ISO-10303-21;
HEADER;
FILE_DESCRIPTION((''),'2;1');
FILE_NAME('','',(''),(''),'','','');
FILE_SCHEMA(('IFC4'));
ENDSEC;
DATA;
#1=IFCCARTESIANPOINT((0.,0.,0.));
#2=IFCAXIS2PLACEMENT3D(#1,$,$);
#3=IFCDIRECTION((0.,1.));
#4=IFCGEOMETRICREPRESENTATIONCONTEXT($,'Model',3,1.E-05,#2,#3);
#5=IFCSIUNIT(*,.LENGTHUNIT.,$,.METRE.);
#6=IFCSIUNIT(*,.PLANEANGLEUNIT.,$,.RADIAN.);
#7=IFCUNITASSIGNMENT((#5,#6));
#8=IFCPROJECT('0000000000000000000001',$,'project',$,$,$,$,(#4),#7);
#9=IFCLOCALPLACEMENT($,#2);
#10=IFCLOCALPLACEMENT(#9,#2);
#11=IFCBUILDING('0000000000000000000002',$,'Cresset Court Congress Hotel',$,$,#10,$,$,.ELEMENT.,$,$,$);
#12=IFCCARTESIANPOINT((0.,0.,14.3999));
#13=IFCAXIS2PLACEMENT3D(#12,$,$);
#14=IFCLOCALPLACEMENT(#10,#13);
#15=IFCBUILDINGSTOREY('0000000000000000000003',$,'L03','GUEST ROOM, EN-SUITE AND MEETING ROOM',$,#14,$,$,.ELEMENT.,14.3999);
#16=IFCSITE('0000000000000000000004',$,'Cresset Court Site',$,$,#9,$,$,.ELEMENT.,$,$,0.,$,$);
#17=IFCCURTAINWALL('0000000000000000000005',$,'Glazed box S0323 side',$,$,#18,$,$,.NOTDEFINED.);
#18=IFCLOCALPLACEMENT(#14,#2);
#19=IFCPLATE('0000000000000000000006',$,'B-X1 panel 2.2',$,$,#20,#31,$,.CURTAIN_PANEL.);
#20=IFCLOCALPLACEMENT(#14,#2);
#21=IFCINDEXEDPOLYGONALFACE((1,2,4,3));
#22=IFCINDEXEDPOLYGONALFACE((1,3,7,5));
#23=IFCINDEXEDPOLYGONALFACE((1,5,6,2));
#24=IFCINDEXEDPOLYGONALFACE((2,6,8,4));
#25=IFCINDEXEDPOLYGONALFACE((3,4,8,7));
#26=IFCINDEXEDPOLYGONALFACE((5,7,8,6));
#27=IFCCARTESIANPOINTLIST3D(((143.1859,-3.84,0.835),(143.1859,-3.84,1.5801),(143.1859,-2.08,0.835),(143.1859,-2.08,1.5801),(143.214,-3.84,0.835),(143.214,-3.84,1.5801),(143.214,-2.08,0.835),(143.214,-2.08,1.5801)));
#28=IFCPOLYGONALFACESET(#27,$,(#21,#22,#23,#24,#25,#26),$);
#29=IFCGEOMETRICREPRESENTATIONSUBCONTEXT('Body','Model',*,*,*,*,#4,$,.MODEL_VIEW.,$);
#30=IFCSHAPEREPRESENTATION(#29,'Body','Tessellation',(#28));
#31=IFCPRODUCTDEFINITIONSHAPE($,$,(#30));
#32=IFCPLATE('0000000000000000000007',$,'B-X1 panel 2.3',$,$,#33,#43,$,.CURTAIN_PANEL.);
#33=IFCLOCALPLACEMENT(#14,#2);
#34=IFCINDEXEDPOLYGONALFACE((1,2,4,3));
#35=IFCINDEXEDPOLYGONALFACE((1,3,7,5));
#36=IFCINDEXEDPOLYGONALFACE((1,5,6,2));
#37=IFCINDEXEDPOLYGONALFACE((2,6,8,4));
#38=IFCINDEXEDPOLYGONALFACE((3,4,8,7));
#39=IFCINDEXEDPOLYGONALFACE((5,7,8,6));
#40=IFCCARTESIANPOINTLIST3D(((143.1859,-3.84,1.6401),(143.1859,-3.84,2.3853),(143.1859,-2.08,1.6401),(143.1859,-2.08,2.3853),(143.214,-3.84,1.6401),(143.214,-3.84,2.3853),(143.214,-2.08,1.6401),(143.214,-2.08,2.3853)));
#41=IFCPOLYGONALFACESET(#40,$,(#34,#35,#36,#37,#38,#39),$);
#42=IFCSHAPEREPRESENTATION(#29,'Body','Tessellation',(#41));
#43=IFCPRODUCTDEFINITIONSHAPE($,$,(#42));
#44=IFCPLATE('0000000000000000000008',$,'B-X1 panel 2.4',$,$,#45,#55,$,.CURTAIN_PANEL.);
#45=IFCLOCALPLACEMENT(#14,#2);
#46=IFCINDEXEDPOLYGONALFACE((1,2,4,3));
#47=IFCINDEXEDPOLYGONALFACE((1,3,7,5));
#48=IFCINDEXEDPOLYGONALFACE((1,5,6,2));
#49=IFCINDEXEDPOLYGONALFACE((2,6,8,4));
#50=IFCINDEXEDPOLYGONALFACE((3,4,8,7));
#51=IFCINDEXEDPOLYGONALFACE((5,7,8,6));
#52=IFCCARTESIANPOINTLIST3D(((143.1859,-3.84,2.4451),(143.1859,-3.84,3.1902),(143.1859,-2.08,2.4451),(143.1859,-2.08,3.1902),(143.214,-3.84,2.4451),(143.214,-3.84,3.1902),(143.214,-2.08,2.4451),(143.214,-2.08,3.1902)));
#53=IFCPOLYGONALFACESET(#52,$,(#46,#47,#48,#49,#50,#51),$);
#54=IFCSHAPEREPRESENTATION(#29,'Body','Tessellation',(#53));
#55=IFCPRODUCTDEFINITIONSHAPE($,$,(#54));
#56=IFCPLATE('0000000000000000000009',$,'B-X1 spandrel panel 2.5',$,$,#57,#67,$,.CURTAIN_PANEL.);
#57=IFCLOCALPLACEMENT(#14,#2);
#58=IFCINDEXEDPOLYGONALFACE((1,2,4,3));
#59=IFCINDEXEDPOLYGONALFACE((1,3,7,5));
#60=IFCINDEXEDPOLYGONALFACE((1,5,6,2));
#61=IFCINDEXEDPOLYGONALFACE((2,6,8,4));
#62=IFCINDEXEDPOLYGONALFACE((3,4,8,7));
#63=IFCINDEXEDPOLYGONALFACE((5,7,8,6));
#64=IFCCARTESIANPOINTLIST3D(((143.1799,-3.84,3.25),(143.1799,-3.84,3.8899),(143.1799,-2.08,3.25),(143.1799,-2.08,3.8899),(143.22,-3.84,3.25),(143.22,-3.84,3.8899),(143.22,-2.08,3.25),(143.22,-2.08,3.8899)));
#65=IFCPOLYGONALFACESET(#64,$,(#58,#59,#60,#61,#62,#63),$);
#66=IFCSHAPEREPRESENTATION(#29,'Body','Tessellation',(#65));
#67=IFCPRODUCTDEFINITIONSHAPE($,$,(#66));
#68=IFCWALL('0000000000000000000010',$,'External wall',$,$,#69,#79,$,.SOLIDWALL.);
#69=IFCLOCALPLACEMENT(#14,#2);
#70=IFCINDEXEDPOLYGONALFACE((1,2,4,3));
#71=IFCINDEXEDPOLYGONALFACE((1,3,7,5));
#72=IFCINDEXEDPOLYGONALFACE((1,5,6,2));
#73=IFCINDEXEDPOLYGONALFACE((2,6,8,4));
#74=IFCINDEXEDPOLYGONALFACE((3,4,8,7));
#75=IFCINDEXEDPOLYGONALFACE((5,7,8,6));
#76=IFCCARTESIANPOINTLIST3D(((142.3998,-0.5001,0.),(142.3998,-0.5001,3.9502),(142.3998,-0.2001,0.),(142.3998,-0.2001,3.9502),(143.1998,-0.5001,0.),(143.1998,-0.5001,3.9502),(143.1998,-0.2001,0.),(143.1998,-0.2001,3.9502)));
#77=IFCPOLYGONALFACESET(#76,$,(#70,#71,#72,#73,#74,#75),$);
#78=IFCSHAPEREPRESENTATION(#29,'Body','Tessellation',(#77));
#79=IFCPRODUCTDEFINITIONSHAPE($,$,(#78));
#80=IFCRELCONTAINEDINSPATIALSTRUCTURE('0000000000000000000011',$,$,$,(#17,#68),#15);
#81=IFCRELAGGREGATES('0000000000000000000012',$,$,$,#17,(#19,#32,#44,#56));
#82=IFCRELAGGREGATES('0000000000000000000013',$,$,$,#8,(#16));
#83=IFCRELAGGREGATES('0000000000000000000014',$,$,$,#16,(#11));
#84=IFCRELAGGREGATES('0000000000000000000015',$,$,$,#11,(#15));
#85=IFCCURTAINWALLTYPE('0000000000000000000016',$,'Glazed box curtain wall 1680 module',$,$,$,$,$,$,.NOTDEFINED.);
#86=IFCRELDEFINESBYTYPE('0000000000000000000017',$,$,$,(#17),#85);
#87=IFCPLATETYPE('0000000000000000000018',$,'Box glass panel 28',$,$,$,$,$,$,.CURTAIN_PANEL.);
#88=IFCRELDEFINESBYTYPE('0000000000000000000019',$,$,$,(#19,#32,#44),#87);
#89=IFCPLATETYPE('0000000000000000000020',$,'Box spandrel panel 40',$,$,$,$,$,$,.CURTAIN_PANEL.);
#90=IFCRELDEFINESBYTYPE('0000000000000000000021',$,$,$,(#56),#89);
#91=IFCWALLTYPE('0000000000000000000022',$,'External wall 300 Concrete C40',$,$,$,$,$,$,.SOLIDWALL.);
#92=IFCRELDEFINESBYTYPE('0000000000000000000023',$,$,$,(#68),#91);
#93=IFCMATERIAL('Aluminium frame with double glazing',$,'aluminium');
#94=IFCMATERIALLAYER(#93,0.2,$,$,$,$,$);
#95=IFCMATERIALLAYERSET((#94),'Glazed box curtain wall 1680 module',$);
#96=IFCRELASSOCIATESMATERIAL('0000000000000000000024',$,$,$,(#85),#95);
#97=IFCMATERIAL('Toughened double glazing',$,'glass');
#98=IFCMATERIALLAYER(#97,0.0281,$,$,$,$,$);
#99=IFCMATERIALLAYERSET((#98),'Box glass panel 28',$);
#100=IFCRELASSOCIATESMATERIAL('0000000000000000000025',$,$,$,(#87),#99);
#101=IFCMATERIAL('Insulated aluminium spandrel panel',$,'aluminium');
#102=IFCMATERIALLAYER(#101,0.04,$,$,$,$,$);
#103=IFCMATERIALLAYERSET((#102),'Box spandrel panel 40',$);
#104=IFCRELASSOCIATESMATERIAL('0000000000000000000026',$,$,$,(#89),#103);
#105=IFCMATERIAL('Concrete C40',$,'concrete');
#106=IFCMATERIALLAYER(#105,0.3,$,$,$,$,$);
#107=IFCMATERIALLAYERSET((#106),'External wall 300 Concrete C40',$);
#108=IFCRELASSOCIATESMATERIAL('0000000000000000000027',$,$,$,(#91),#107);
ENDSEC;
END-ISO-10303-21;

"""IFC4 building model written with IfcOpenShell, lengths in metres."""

from ifc_helpers import new_model, si_unit, direction, frame, frame_2d, origin, origin_2d, place, context, subcontext, project, spatial, rectangle, extrude, material, layer, layer_set, type_object, element, aggregate, save


model = new_model("IFC4")

# Units and contexts
model_context = context("Model", 3, precision=1e-05, world=origin(), true_north=direction((0.0, 1.0)))
body_context = subcontext(model_context, "Body", "Model", "MODEL_VIEW")
ifc_project = project(units=[si_unit("LENGTHUNIT", "METRE"), si_unit("PLANEANGLEUNIT", "RADIAN")], contexts=[model_context])

# Site, building, storey
site_placement = place(None, origin())
site = spatial("IfcSite", under=ifc_project, at=site_placement, Name="Cresset Court Site", CompositionType="ELEMENT", RefElevation=0.0)
building_placement = place(site_placement, origin())
building = spatial("IfcBuilding", under=site, at=building_placement, Name="Cresset Court Congress Hotel", CompositionType="ELEMENT")
storey_placement = place(building_placement, frame((0.0, 0.0, 14.3999)))
storey = spatial("IfcBuildingStorey", under=building, at=storey_placement, Name="L03", Description="GUEST ROOM, EN-SUITE AND MEETING ROOM", CompositionType="ELEMENT", Elevation=14.3999)

# Curtain wall
ifc_material_1 = material(Name="Aluminium frame with double glazing", Category="aluminium")
ifc_layer_1 = layer(ifc_material_1, 0.2)
ifc_layer_set_1 = layer_set([ifc_layer_1], Name="Glazed box curtain wall 1680 module")
curtain_wall_type = type_object("IfcCurtainWallType", Name="Glazed box curtain wall 1680 module", PredefinedType="NOTDEFINED", material=ifc_layer_set_1)
curtain_wall_1_placement = place(storey_placement, origin())
curtain_wall_1 = element("IfcCurtainWall", 1, at=curtain_wall_1_placement, inside=storey, type_object=curtain_wall_type, Name="Glazed box S0323 side", PredefinedType="NOTDEFINED")

# Plates
ifc_material_2 = material(Name="Toughened double glazing", Category="glass")
ifc_layer_2 = layer(ifc_material_2, 0.0281)
ifc_layer_set_2 = layer_set([ifc_layer_2], Name="Box glass panel 28")
plate_type_1 = type_object("IfcPlateType", Name="Box glass panel 28", PredefinedType="CURTAIN_PANEL", material=ifc_layer_set_2)
plate_1_placement = place(storey_placement, frame((143.2, -2.96, 0.835), z_axis=(0.0, 0.0, 1.0), x_axis=(0.0, -1.0, 0.0)))
plate_1 = element("IfcPlate", 2, at=plate_1_placement, type_object=plate_type_1, Name="B-X1 panel 2.2", PredefinedType="CURTAIN_PANEL", context=body_context, shape_type="SweptSolid", body=[
    extrude(rectangle(XDim=1.76, YDim=0.0281, at=origin_2d()), origin(), (0.0, 0.0, 1.0), 0.7451),
])
plate_2_placement = place(storey_placement, frame((143.2, -2.96, 1.6401), z_axis=(0.0, 0.0, 1.0), x_axis=(0.0, -1.0, 0.0)))
plate_2 = element("IfcPlate", 3, at=plate_2_placement, type_object=plate_type_1, Name="B-X1 panel 2.3", PredefinedType="CURTAIN_PANEL", context=body_context, shape_type="SweptSolid", body=[
    extrude(rectangle(XDim=1.76, YDim=0.0281, at=origin_2d()), origin(), (0.0, 0.0, 1.0), 0.7451),
])
plate_3_placement = place(storey_placement, frame((143.2, -2.96, 2.4451), z_axis=(0.0, 0.0, 1.0), x_axis=(0.0, -1.0, 0.0)))
plate_3 = element("IfcPlate", 4, at=plate_3_placement, type_object=plate_type_1, Name="B-X1 panel 2.4", PredefinedType="CURTAIN_PANEL", context=body_context, shape_type="SweptSolid", body=[
    extrude(rectangle(XDim=1.76, YDim=0.0281, at=origin_2d()), origin(), (0.0, 0.0, 1.0), 0.7451),
])
ifc_material_3 = material(Name="Insulated aluminium spandrel panel", Category="aluminium")
ifc_layer_3 = layer(ifc_material_3, 0.04)
ifc_layer_set_3 = layer_set([ifc_layer_3], Name="Box spandrel panel 40")
plate_type_2 = type_object("IfcPlateType", Name="Box spandrel panel 40", PredefinedType="CURTAIN_PANEL", material=ifc_layer_set_3)
plate_4_placement = place(storey_placement, frame((143.2, -2.96, 3.25), z_axis=(0.0, 0.0, 1.0), x_axis=(0.0, -1.0, 0.0)))
plate_4 = element("IfcPlate", 5, at=plate_4_placement, type_object=plate_type_2, Name="B-X1 spandrel panel 2.5", PredefinedType="CURTAIN_PANEL", context=body_context, shape_type="SweptSolid", body=[
    extrude(rectangle(XDim=1.76, YDim=0.04, at=origin_2d()), origin(), (0.0, 0.0, 1.0), 0.6399),
])
aggregate(curtain_wall_1, [plate_1, plate_2, plate_3, plate_4])

# Wall
ifc_material_4 = material(Name="Concrete C40", Category="concrete")
ifc_layer_4 = layer(ifc_material_4, 0.3)
ifc_layer_set_4 = layer_set([ifc_layer_4], Name="External wall 300 Concrete C40")
wall_type = type_object("IfcWallType", Name="External wall 300 Concrete C40", PredefinedType="SOLIDWALL", material=ifc_layer_set_4)
wall_placement = place(storey_placement, frame((142.3999, -0.3501, 0.0), z_axis=(0.0, 0.0, 1.0), x_axis=(1.0, 0.0, 0.0)))
element("IfcWall", 6, at=wall_placement, inside=storey, type_object=wall_type, Name="External wall", PredefinedType="SOLIDWALL", context=body_context, shape_type="SweptSolid", body=[
    extrude(rectangle(XDim=0.8, YDim=0.3, at=frame_2d((0.3999, 0.0))), origin(), (0.0, 0.0, 1.0), 3.9502),
])

save(model, "model.ifc")
